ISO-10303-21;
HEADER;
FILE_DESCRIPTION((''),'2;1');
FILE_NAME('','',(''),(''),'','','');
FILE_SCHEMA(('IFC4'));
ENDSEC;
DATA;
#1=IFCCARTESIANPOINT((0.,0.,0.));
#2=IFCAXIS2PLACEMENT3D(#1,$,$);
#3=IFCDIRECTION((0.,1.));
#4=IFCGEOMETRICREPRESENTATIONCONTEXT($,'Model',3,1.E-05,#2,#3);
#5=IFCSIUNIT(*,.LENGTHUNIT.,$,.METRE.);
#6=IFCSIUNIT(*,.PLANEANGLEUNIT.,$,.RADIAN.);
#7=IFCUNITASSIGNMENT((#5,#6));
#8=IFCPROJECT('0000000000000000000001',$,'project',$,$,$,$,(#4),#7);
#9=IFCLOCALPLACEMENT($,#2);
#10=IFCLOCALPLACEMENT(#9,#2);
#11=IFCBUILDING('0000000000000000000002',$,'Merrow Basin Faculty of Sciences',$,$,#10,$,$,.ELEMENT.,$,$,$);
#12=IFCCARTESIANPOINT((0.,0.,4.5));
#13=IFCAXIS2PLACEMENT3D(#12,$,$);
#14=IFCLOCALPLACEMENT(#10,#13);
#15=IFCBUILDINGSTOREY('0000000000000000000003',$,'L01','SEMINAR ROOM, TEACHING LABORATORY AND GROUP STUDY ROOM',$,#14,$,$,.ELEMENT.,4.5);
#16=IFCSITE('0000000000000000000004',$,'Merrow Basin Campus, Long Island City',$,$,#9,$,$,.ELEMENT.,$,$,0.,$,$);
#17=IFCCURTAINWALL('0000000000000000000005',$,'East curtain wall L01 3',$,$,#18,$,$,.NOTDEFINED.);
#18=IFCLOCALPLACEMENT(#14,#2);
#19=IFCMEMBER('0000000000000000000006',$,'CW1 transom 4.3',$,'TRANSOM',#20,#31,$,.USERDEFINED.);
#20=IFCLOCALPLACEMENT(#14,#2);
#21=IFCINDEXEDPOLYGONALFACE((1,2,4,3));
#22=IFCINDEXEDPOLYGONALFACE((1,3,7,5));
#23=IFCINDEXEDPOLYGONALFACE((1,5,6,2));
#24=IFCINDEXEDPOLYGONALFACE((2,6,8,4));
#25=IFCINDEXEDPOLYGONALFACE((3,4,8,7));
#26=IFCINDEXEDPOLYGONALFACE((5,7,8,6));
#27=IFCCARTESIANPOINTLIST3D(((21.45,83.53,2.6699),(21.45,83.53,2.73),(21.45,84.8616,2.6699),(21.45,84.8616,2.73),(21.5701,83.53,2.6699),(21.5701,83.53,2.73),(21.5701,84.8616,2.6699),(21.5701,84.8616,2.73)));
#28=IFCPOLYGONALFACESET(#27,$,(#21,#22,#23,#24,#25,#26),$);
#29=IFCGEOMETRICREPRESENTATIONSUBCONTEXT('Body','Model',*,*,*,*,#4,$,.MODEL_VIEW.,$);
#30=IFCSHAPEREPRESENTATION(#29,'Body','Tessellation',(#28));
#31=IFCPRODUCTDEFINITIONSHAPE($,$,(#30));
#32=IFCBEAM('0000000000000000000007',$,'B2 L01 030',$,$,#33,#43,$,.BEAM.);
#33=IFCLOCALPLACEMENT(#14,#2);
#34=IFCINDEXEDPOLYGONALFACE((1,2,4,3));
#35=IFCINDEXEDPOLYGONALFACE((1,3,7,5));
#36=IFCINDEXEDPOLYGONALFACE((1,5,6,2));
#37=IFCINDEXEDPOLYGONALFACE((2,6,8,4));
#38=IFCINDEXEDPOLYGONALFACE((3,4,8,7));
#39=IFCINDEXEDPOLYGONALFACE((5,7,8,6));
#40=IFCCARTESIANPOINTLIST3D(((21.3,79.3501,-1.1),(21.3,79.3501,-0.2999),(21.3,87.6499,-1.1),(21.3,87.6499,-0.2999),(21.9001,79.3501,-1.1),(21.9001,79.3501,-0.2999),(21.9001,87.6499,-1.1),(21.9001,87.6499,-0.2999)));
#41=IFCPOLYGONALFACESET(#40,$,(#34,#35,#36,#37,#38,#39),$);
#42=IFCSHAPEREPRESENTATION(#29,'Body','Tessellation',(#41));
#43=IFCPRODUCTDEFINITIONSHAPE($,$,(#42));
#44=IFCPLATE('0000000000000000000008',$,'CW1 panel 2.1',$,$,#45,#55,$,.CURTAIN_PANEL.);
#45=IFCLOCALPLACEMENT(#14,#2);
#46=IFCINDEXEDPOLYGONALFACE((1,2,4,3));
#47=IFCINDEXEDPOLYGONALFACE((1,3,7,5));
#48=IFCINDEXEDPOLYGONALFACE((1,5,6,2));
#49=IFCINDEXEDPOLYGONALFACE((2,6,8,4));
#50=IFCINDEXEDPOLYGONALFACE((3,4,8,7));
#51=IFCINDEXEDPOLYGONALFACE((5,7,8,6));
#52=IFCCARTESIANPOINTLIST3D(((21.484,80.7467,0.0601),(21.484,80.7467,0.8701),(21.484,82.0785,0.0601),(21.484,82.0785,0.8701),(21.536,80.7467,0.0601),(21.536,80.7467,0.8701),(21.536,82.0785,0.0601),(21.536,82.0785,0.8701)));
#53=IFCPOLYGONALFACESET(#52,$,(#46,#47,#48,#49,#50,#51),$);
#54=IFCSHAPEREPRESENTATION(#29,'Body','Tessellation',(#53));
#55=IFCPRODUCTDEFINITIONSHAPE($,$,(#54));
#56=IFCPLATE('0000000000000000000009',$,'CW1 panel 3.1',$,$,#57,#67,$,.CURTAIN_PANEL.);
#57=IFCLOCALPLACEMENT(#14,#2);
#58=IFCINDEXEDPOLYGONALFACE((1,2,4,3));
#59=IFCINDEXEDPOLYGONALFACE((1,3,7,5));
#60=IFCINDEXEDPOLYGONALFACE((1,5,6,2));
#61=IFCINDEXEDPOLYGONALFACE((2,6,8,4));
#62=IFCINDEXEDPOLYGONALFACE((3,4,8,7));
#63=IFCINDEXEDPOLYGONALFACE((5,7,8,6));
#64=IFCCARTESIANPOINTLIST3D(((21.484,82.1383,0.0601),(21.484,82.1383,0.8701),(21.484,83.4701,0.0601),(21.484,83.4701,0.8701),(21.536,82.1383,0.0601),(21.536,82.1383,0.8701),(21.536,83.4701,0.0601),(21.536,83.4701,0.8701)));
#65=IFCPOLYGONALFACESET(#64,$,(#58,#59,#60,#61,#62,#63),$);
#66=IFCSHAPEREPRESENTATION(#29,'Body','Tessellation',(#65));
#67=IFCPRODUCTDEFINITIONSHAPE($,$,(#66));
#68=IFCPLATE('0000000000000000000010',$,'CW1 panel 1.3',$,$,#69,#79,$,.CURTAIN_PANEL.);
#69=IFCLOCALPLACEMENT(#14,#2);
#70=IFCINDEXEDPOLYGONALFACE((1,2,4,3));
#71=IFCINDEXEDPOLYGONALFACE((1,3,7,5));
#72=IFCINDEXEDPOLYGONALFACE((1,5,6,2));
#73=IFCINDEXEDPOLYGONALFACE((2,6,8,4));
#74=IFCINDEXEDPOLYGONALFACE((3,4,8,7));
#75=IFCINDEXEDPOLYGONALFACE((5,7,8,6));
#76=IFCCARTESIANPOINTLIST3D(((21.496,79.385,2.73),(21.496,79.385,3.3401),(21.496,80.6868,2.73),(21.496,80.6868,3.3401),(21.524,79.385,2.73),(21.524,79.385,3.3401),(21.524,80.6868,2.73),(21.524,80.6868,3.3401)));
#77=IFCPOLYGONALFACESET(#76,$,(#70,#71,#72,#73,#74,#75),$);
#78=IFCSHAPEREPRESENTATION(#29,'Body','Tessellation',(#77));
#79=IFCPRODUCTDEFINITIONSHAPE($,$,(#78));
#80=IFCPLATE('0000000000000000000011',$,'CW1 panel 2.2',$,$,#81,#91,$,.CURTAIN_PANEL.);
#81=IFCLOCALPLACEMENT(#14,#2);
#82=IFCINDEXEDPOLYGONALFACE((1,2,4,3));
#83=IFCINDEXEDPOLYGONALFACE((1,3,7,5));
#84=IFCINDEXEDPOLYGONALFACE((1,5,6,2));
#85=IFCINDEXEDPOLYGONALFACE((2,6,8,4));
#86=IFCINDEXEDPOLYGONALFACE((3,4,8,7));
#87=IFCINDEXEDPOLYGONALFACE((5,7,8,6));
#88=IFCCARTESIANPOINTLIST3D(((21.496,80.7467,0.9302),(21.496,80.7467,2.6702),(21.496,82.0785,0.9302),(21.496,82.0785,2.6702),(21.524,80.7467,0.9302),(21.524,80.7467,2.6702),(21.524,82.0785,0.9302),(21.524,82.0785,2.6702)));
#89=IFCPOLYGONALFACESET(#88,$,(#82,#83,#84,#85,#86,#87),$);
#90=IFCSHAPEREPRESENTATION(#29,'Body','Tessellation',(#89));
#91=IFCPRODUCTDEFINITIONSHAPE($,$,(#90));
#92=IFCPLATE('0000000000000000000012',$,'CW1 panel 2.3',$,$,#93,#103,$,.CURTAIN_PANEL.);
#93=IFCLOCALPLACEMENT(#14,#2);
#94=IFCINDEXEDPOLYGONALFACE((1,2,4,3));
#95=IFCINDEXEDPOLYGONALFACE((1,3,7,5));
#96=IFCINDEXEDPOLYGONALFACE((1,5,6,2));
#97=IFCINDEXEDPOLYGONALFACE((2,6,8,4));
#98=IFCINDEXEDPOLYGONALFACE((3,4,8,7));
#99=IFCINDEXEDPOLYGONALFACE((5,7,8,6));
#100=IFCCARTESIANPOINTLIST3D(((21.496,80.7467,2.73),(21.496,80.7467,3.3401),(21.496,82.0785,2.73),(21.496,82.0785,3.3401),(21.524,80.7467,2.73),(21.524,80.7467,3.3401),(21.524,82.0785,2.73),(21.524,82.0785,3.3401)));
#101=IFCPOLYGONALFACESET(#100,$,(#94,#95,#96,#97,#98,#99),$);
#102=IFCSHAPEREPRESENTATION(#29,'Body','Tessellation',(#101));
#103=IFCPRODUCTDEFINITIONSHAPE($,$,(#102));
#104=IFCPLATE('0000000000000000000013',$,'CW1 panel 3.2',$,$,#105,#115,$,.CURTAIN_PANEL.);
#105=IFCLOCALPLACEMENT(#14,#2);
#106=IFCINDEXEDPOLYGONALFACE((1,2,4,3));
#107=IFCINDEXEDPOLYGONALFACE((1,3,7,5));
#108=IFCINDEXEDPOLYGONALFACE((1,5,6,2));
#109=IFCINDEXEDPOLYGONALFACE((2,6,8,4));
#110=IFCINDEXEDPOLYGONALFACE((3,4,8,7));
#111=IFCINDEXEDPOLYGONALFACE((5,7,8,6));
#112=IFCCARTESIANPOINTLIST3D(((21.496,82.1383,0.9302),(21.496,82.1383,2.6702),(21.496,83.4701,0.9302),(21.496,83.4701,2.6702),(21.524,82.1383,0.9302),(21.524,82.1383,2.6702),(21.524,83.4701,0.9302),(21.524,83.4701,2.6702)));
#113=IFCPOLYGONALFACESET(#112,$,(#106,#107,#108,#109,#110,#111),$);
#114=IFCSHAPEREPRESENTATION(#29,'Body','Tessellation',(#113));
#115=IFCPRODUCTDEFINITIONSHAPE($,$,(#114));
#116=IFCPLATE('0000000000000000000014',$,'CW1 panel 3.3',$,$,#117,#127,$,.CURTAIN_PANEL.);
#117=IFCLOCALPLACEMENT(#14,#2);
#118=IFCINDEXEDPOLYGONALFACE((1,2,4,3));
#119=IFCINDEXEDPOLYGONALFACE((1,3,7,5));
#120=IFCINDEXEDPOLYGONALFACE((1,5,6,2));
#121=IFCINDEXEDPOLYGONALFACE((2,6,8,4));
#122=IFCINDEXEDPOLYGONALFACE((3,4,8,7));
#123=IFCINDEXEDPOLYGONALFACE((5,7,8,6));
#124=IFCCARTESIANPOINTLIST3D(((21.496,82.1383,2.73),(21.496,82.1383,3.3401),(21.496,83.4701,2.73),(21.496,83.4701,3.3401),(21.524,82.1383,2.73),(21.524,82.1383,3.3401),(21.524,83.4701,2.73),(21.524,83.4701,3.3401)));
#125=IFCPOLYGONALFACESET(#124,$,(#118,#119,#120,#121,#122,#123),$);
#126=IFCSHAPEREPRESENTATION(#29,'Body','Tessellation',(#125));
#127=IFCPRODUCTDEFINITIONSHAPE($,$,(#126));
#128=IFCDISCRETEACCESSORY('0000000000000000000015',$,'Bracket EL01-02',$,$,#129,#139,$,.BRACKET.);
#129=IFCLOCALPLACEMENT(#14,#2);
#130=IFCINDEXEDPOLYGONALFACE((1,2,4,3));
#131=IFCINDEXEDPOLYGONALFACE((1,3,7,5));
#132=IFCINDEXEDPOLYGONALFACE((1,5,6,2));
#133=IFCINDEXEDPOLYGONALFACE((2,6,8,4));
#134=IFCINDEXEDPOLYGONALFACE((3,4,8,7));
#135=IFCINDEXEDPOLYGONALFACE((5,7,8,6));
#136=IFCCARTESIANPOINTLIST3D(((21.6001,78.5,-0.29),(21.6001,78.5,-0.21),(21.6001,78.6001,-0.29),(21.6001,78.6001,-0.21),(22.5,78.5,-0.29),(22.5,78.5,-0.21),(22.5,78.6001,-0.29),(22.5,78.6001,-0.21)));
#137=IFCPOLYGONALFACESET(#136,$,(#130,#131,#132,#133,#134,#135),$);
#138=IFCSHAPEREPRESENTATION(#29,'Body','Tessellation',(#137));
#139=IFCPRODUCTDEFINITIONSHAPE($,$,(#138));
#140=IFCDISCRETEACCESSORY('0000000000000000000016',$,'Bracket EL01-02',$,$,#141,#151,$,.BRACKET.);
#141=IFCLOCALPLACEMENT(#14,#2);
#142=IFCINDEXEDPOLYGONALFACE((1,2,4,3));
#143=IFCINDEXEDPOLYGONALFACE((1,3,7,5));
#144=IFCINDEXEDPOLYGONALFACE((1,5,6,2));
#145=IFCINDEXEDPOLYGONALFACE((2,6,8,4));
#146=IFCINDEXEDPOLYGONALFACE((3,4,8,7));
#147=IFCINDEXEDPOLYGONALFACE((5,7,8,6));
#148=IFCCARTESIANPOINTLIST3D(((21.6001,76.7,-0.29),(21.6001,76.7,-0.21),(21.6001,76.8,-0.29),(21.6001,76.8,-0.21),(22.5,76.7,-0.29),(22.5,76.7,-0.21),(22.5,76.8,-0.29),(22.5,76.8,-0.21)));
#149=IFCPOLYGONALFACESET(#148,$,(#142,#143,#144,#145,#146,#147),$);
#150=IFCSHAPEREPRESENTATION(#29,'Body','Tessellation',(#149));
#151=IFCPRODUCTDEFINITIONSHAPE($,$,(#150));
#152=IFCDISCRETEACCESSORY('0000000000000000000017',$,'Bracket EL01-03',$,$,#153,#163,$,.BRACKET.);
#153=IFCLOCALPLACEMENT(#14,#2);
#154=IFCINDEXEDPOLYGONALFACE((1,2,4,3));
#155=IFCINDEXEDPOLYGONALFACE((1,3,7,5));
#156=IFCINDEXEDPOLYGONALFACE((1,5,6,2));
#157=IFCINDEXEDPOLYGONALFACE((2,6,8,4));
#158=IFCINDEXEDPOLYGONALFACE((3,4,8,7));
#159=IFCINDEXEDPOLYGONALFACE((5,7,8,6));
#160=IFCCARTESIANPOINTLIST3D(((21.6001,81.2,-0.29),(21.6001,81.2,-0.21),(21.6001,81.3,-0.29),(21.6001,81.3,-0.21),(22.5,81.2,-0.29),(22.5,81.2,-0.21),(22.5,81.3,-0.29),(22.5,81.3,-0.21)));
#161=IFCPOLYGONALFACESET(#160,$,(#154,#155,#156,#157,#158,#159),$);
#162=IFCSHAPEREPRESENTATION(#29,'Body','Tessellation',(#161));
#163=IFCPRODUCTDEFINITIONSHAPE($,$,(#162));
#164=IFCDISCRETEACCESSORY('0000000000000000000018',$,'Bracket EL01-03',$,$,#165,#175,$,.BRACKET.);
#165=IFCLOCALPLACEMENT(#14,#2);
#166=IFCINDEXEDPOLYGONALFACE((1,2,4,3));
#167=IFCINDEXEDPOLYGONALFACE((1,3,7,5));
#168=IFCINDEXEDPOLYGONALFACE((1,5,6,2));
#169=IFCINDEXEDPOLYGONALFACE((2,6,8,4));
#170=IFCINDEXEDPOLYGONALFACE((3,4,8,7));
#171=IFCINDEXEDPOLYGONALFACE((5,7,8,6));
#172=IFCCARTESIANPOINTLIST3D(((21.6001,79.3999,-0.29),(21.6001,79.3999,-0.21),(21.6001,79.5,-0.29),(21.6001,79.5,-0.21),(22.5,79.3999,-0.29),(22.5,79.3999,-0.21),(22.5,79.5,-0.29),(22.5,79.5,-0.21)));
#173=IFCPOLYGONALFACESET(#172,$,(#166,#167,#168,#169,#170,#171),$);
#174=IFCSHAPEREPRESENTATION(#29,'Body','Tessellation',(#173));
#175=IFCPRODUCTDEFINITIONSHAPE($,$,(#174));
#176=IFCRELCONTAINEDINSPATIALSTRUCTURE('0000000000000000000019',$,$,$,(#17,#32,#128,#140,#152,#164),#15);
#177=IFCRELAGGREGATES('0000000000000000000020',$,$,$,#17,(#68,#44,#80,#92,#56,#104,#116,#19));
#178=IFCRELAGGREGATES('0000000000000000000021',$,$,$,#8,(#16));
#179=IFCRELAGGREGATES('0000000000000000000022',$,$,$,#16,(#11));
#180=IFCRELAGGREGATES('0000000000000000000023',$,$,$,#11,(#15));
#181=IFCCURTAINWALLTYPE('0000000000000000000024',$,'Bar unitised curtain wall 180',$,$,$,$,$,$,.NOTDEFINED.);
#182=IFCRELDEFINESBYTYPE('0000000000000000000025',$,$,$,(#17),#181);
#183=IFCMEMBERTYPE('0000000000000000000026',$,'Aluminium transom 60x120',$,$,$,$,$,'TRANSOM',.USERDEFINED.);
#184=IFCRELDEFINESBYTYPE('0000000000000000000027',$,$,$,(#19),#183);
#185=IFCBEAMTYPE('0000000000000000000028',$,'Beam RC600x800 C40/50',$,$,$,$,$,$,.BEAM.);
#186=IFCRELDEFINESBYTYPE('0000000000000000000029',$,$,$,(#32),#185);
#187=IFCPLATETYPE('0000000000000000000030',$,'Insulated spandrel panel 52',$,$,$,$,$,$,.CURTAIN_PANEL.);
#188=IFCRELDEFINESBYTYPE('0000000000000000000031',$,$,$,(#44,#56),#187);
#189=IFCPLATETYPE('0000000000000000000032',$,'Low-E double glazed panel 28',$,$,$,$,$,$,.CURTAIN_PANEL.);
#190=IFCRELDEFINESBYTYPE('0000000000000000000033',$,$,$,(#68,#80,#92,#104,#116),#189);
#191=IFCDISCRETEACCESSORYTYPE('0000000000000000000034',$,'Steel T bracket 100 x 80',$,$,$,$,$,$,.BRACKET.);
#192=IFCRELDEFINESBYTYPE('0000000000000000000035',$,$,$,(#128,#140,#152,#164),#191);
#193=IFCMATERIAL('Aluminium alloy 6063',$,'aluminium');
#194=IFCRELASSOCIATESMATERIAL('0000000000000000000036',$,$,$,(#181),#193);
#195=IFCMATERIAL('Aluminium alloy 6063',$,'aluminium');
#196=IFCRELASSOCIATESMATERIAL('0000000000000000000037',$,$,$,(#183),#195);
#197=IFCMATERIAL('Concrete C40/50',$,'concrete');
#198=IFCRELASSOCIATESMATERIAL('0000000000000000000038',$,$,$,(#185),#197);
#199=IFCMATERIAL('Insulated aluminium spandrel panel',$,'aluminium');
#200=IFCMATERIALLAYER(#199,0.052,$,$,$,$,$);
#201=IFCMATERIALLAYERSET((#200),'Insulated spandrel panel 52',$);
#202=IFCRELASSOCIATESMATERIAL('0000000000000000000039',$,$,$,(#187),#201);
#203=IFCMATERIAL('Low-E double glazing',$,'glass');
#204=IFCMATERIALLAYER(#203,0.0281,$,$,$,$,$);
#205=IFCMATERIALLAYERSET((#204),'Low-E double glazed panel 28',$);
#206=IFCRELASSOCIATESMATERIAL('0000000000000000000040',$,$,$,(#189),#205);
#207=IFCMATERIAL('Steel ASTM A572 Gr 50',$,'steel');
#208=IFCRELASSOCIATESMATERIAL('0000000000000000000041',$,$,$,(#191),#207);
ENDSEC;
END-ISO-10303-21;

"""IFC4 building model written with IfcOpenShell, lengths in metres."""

from ifc_helpers import new_model, si_unit, direction, frame, origin, origin_2d, place, context, subcontext, project, spatial, polyline, rectangle, outline, extrude, source, transform, mapped, material, layer, layer_set, material_profile, profile_set, type_object, element, aggregate, save


model = new_model("IFC4")

# Units and contexts
model_context = context("Model", 3, precision=1e-05, world=origin(), true_north=direction((0.0, 1.0)))
body_context = subcontext(model_context, "Body", "Model", "MODEL_VIEW")
ifc_project = project(units=[si_unit("LENGTHUNIT", "METRE"), si_unit("PLANEANGLEUNIT", "RADIAN")], contexts=[model_context])

# Site, building, storey
site_placement = place(None, origin())
site = spatial("IfcSite", under=ifc_project, at=site_placement, Name="Merrow Basin Campus, Long Island City", CompositionType="ELEMENT", RefElevation=0.0)
building_placement = place(site_placement, origin())
building = spatial("IfcBuilding", under=site, at=building_placement, Name="Merrow Basin Faculty of Sciences", CompositionType="ELEMENT")
storey_placement = place(building_placement, frame((0.0, 0.0, 4.5)))
storey = spatial("IfcBuildingStorey", under=building, at=storey_placement, Name="L01", Description="SEMINAR ROOM, TEACHING LABORATORY AND GROUP STUDY ROOM", CompositionType="ELEMENT", Elevation=4.5)

# Curtain wall, member
ifc_material_1 = material(Name="Aluminium alloy 6063", Category="aluminium")
curtain_wall_type = type_object("IfcCurtainWallType", Name="Bar unitised curtain wall 180", PredefinedType="NOTDEFINED", material=ifc_material_1)
curtain_wall_placement = place(storey_placement, origin())
curtain_wall = element("IfcCurtainWall", 1, at=curtain_wall_placement, inside=storey, type_object=curtain_wall_type, Name="East curtain wall L01 3", PredefinedType="NOTDEFINED")
ifc_material_2 = material(Name="Aluminium alloy 6063", Category="aluminium")
ifc_material_profile_1 = material_profile(ifc_material_2, rectangle(XDim=0.1201, YDim=0.0601, at=origin_2d()))
ifc_profile_set_1 = profile_set([ifc_material_profile_1], Name="Aluminium alloy 6063")
member_type_1 = type_object("IfcMemberType", Name="Aluminium transom 60x120", ElementType="TRANSOM", PredefinedType="USERDEFINED", material=ifc_profile_set_1)
member_1_placement = place(storey_placement, frame((21.51, 83.53, 2.7), z_axis=(0.0, 1.0, 0.0), x_axis=(-1.0, 0.0, 0.0)))
member_1 = element("IfcMember", 2, at=member_1_placement, type_object=member_type_1, Name="CW1 transom 4.3", ObjectType="TRANSOM", PredefinedType="USERDEFINED", context=body_context, shape_type="SweptSolid", body=[
    extrude(rectangle(XDim=0.1201, YDim=0.0601, at=origin_2d()), origin(), (0.0, 0.0, 1.0), 1.3315),
])

# Beam
ifc_material_3 = material(Name="Concrete C40/50", Category="concrete")
ifc_material_profile_2 = material_profile(ifc_material_3, rectangle(XDim=0.6001, YDim=0.8, at=origin_2d()))
ifc_profile_set_2 = profile_set([ifc_material_profile_2], Name="Concrete C40/50")
beam_type = type_object("IfcBeamType", Name="Beam RC600x800 C40/50", PredefinedType="BEAM", material=ifc_profile_set_2)
beam_placement = place(storey_placement, frame((21.6001, 79.3501, -0.7), z_axis=(0.0, 1.0, 0.0), x_axis=(-1.0, 0.0, 0.0)))
element("IfcBeam", 3, at=beam_placement, inside=storey, type_object=beam_type, Name="B2 L01 030", PredefinedType="BEAM", context=body_context, shape_type="SweptSolid", body=[
    extrude(rectangle(XDim=0.6001, YDim=0.8, at=origin_2d()), origin(), (0.0, 0.0, 1.0), 8.2998),
])

# Plates
ifc_material_4 = material(Name="Insulated aluminium spandrel panel", Category="aluminium")
ifc_layer_1 = layer(ifc_material_4, 0.052)
ifc_layer_set_1 = layer_set([ifc_layer_1], Name="Insulated spandrel panel 52")
plate_type_1 = type_object("IfcPlateType", Name="Insulated spandrel panel 52", PredefinedType="CURTAIN_PANEL", material=ifc_layer_set_1)
plate_1_placement = place(storey_placement, frame((21.51, 81.4126, 0.0601), z_axis=(0.0, 0.0, 1.0), x_axis=(0.0, 1.0, 0.0)))
plate_1 = element("IfcPlate", 4, at=plate_1_placement, type_object=plate_type_1, Name="CW1 panel 2.1", PredefinedType="CURTAIN_PANEL", context=body_context, shape_type="SweptSolid", body=[
    extrude(rectangle(XDim=1.3318, YDim=0.052, at=origin_2d()), origin(), (0.0, 0.0, 1.0), 0.8101),
])
plate_2_placement = place(storey_placement, frame((21.51, 82.8042, 0.0601), z_axis=(0.0, 0.0, 1.0), x_axis=(0.0, 1.0, 0.0)))
plate_2 = element("IfcPlate", 5, at=plate_2_placement, type_object=plate_type_1, Name="CW1 panel 3.1", PredefinedType="CURTAIN_PANEL", context=body_context, shape_type="SweptSolid", body=[
    extrude(rectangle(XDim=1.3318, YDim=0.052, at=origin_2d()), origin(), (0.0, 0.0, 1.0), 0.8101),
])
ifc_material_5 = material(Name="Low-E double glazing", Category="glass")
ifc_layer_2 = layer(ifc_material_5, 0.0281)
ifc_layer_set_2 = layer_set([ifc_layer_2], Name="Low-E double glazed panel 28")
plate_type_2 = type_object("IfcPlateType", Name="Low-E double glazed panel 28", PredefinedType="CURTAIN_PANEL", material=ifc_layer_set_2)
plate_3_placement = place(storey_placement, frame((21.51, 80.0359, 2.73), z_axis=(0.0, 0.0, 1.0), x_axis=(0.0, 1.0, 0.0)))
plate_3 = element("IfcPlate", 6, at=plate_3_placement, type_object=plate_type_2, Name="CW1 panel 1.3", PredefinedType="CURTAIN_PANEL", context=body_context, shape_type="SweptSolid", body=[
    extrude(rectangle(XDim=1.3018, YDim=0.0281, at=origin_2d()), origin(), (0.0, 0.0, 1.0), 0.6101),
])
plate_4_placement = place(storey_placement, frame((21.51, 81.4126, 0.9302), z_axis=(0.0, 0.0, 1.0), x_axis=(0.0, 1.0, 0.0)))
plate_4 = element("IfcPlate", 7, at=plate_4_placement, type_object=plate_type_2, Name="CW1 panel 2.2", PredefinedType="CURTAIN_PANEL", context=body_context, shape_type="SweptSolid", body=[
    extrude(rectangle(XDim=1.3318, YDim=0.0281, at=origin_2d()), origin(), (0.0, 0.0, 1.0), 1.74),
])
plate_5_placement = place(storey_placement, frame((21.51, 81.4126, 2.73), z_axis=(0.0, 0.0, 1.0), x_axis=(0.0, 1.0, 0.0)))
plate_5 = element("IfcPlate", 8, at=plate_5_placement, type_object=plate_type_2, Name="CW1 panel 2.3", PredefinedType="CURTAIN_PANEL", context=body_context, shape_type="SweptSolid", body=[
    extrude(rectangle(XDim=1.3318, YDim=0.0281, at=origin_2d()), origin(), (0.0, 0.0, 1.0), 0.6101),
])
plate_6_placement = place(storey_placement, frame((21.51, 82.8042, 0.9302), z_axis=(0.0, 0.0, 1.0), x_axis=(0.0, 1.0, 0.0)))
plate_6 = element("IfcPlate", 9, at=plate_6_placement, type_object=plate_type_2, Name="CW1 panel 3.2", PredefinedType="CURTAIN_PANEL", context=body_context, shape_type="SweptSolid", body=[
    extrude(rectangle(XDim=1.3318, YDim=0.0281, at=origin_2d()), origin(), (0.0, 0.0, 1.0), 1.74),
])
plate_7_placement = place(storey_placement, frame((21.51, 82.8042, 2.73), z_axis=(0.0, 0.0, 1.0), x_axis=(0.0, 1.0, 0.0)))
plate_7 = element("IfcPlate", 10, at=plate_7_placement, type_object=plate_type_2, Name="CW1 panel 3.3", PredefinedType="CURTAIN_PANEL", context=body_context, shape_type="SweptSolid", body=[
    extrude(rectangle(XDim=1.3318, YDim=0.0281, at=origin_2d()), origin(), (0.0, 0.0, 1.0), 0.6101),
])
aggregate(curtain_wall, [plate_3, plate_1, plate_4, plate_5, plate_2, plate_6, plate_7, member_1])

# Discrete accessories
ifc_material_6 = material(Name="Steel ASTM A572 Gr 50", Category="steel")
discrete_accessory_type = type_object("IfcDiscreteAccessoryType", Name="Steel T bracket 100 x 80", PredefinedType="BRACKET", material=ifc_material_6)
shared_shape = source(origin(), body_context, "Body", "SweptSolid", [
    extrude(outline(polyline([(0.0, 0.0), (0.1001, 0.0), (0.1001, 0.0801), (0.0, 0.0801), (0.0, 0.0)])), origin(), (0.0, 0.0, 1.0), 0.8999),
])
for number, where, z_axis, x_axis, name in (
    (11, (22.5, 78.6001, -0.29), (-1.0, 0.0, 0.0), (0.0, -1.0, 0.0), "Bracket EL01-02"),
    (12, (22.5, 76.8, -0.29), (-1.0, 0.0, 0.0), (0.0, -1.0, 0.0), "Bracket EL01-02"),
    (13, (22.5, 81.3, -0.29), (-1.0, 0.0, 0.0), (0.0, -1.0, 0.0), "Bracket EL01-03"),
    (14, (22.5, 79.5, -0.29), (-1.0, 0.0, 0.0), (0.0, -1.0, 0.0), "Bracket EL01-03"),
):
    element("IfcDiscreteAccessory", number, at=place(storey_placement, frame(where, z_axis=z_axis, x_axis=x_axis)), inside=storey, type_object=discrete_accessory_type, Name=name, PredefinedType="BRACKET", context=body_context, shape_type="MappedRepresentation", body=[
        mapped(shared_shape, transform((0.0, 0.0, 0.0), scale=1.0)),
    ])

save(model, "model.ifc")
